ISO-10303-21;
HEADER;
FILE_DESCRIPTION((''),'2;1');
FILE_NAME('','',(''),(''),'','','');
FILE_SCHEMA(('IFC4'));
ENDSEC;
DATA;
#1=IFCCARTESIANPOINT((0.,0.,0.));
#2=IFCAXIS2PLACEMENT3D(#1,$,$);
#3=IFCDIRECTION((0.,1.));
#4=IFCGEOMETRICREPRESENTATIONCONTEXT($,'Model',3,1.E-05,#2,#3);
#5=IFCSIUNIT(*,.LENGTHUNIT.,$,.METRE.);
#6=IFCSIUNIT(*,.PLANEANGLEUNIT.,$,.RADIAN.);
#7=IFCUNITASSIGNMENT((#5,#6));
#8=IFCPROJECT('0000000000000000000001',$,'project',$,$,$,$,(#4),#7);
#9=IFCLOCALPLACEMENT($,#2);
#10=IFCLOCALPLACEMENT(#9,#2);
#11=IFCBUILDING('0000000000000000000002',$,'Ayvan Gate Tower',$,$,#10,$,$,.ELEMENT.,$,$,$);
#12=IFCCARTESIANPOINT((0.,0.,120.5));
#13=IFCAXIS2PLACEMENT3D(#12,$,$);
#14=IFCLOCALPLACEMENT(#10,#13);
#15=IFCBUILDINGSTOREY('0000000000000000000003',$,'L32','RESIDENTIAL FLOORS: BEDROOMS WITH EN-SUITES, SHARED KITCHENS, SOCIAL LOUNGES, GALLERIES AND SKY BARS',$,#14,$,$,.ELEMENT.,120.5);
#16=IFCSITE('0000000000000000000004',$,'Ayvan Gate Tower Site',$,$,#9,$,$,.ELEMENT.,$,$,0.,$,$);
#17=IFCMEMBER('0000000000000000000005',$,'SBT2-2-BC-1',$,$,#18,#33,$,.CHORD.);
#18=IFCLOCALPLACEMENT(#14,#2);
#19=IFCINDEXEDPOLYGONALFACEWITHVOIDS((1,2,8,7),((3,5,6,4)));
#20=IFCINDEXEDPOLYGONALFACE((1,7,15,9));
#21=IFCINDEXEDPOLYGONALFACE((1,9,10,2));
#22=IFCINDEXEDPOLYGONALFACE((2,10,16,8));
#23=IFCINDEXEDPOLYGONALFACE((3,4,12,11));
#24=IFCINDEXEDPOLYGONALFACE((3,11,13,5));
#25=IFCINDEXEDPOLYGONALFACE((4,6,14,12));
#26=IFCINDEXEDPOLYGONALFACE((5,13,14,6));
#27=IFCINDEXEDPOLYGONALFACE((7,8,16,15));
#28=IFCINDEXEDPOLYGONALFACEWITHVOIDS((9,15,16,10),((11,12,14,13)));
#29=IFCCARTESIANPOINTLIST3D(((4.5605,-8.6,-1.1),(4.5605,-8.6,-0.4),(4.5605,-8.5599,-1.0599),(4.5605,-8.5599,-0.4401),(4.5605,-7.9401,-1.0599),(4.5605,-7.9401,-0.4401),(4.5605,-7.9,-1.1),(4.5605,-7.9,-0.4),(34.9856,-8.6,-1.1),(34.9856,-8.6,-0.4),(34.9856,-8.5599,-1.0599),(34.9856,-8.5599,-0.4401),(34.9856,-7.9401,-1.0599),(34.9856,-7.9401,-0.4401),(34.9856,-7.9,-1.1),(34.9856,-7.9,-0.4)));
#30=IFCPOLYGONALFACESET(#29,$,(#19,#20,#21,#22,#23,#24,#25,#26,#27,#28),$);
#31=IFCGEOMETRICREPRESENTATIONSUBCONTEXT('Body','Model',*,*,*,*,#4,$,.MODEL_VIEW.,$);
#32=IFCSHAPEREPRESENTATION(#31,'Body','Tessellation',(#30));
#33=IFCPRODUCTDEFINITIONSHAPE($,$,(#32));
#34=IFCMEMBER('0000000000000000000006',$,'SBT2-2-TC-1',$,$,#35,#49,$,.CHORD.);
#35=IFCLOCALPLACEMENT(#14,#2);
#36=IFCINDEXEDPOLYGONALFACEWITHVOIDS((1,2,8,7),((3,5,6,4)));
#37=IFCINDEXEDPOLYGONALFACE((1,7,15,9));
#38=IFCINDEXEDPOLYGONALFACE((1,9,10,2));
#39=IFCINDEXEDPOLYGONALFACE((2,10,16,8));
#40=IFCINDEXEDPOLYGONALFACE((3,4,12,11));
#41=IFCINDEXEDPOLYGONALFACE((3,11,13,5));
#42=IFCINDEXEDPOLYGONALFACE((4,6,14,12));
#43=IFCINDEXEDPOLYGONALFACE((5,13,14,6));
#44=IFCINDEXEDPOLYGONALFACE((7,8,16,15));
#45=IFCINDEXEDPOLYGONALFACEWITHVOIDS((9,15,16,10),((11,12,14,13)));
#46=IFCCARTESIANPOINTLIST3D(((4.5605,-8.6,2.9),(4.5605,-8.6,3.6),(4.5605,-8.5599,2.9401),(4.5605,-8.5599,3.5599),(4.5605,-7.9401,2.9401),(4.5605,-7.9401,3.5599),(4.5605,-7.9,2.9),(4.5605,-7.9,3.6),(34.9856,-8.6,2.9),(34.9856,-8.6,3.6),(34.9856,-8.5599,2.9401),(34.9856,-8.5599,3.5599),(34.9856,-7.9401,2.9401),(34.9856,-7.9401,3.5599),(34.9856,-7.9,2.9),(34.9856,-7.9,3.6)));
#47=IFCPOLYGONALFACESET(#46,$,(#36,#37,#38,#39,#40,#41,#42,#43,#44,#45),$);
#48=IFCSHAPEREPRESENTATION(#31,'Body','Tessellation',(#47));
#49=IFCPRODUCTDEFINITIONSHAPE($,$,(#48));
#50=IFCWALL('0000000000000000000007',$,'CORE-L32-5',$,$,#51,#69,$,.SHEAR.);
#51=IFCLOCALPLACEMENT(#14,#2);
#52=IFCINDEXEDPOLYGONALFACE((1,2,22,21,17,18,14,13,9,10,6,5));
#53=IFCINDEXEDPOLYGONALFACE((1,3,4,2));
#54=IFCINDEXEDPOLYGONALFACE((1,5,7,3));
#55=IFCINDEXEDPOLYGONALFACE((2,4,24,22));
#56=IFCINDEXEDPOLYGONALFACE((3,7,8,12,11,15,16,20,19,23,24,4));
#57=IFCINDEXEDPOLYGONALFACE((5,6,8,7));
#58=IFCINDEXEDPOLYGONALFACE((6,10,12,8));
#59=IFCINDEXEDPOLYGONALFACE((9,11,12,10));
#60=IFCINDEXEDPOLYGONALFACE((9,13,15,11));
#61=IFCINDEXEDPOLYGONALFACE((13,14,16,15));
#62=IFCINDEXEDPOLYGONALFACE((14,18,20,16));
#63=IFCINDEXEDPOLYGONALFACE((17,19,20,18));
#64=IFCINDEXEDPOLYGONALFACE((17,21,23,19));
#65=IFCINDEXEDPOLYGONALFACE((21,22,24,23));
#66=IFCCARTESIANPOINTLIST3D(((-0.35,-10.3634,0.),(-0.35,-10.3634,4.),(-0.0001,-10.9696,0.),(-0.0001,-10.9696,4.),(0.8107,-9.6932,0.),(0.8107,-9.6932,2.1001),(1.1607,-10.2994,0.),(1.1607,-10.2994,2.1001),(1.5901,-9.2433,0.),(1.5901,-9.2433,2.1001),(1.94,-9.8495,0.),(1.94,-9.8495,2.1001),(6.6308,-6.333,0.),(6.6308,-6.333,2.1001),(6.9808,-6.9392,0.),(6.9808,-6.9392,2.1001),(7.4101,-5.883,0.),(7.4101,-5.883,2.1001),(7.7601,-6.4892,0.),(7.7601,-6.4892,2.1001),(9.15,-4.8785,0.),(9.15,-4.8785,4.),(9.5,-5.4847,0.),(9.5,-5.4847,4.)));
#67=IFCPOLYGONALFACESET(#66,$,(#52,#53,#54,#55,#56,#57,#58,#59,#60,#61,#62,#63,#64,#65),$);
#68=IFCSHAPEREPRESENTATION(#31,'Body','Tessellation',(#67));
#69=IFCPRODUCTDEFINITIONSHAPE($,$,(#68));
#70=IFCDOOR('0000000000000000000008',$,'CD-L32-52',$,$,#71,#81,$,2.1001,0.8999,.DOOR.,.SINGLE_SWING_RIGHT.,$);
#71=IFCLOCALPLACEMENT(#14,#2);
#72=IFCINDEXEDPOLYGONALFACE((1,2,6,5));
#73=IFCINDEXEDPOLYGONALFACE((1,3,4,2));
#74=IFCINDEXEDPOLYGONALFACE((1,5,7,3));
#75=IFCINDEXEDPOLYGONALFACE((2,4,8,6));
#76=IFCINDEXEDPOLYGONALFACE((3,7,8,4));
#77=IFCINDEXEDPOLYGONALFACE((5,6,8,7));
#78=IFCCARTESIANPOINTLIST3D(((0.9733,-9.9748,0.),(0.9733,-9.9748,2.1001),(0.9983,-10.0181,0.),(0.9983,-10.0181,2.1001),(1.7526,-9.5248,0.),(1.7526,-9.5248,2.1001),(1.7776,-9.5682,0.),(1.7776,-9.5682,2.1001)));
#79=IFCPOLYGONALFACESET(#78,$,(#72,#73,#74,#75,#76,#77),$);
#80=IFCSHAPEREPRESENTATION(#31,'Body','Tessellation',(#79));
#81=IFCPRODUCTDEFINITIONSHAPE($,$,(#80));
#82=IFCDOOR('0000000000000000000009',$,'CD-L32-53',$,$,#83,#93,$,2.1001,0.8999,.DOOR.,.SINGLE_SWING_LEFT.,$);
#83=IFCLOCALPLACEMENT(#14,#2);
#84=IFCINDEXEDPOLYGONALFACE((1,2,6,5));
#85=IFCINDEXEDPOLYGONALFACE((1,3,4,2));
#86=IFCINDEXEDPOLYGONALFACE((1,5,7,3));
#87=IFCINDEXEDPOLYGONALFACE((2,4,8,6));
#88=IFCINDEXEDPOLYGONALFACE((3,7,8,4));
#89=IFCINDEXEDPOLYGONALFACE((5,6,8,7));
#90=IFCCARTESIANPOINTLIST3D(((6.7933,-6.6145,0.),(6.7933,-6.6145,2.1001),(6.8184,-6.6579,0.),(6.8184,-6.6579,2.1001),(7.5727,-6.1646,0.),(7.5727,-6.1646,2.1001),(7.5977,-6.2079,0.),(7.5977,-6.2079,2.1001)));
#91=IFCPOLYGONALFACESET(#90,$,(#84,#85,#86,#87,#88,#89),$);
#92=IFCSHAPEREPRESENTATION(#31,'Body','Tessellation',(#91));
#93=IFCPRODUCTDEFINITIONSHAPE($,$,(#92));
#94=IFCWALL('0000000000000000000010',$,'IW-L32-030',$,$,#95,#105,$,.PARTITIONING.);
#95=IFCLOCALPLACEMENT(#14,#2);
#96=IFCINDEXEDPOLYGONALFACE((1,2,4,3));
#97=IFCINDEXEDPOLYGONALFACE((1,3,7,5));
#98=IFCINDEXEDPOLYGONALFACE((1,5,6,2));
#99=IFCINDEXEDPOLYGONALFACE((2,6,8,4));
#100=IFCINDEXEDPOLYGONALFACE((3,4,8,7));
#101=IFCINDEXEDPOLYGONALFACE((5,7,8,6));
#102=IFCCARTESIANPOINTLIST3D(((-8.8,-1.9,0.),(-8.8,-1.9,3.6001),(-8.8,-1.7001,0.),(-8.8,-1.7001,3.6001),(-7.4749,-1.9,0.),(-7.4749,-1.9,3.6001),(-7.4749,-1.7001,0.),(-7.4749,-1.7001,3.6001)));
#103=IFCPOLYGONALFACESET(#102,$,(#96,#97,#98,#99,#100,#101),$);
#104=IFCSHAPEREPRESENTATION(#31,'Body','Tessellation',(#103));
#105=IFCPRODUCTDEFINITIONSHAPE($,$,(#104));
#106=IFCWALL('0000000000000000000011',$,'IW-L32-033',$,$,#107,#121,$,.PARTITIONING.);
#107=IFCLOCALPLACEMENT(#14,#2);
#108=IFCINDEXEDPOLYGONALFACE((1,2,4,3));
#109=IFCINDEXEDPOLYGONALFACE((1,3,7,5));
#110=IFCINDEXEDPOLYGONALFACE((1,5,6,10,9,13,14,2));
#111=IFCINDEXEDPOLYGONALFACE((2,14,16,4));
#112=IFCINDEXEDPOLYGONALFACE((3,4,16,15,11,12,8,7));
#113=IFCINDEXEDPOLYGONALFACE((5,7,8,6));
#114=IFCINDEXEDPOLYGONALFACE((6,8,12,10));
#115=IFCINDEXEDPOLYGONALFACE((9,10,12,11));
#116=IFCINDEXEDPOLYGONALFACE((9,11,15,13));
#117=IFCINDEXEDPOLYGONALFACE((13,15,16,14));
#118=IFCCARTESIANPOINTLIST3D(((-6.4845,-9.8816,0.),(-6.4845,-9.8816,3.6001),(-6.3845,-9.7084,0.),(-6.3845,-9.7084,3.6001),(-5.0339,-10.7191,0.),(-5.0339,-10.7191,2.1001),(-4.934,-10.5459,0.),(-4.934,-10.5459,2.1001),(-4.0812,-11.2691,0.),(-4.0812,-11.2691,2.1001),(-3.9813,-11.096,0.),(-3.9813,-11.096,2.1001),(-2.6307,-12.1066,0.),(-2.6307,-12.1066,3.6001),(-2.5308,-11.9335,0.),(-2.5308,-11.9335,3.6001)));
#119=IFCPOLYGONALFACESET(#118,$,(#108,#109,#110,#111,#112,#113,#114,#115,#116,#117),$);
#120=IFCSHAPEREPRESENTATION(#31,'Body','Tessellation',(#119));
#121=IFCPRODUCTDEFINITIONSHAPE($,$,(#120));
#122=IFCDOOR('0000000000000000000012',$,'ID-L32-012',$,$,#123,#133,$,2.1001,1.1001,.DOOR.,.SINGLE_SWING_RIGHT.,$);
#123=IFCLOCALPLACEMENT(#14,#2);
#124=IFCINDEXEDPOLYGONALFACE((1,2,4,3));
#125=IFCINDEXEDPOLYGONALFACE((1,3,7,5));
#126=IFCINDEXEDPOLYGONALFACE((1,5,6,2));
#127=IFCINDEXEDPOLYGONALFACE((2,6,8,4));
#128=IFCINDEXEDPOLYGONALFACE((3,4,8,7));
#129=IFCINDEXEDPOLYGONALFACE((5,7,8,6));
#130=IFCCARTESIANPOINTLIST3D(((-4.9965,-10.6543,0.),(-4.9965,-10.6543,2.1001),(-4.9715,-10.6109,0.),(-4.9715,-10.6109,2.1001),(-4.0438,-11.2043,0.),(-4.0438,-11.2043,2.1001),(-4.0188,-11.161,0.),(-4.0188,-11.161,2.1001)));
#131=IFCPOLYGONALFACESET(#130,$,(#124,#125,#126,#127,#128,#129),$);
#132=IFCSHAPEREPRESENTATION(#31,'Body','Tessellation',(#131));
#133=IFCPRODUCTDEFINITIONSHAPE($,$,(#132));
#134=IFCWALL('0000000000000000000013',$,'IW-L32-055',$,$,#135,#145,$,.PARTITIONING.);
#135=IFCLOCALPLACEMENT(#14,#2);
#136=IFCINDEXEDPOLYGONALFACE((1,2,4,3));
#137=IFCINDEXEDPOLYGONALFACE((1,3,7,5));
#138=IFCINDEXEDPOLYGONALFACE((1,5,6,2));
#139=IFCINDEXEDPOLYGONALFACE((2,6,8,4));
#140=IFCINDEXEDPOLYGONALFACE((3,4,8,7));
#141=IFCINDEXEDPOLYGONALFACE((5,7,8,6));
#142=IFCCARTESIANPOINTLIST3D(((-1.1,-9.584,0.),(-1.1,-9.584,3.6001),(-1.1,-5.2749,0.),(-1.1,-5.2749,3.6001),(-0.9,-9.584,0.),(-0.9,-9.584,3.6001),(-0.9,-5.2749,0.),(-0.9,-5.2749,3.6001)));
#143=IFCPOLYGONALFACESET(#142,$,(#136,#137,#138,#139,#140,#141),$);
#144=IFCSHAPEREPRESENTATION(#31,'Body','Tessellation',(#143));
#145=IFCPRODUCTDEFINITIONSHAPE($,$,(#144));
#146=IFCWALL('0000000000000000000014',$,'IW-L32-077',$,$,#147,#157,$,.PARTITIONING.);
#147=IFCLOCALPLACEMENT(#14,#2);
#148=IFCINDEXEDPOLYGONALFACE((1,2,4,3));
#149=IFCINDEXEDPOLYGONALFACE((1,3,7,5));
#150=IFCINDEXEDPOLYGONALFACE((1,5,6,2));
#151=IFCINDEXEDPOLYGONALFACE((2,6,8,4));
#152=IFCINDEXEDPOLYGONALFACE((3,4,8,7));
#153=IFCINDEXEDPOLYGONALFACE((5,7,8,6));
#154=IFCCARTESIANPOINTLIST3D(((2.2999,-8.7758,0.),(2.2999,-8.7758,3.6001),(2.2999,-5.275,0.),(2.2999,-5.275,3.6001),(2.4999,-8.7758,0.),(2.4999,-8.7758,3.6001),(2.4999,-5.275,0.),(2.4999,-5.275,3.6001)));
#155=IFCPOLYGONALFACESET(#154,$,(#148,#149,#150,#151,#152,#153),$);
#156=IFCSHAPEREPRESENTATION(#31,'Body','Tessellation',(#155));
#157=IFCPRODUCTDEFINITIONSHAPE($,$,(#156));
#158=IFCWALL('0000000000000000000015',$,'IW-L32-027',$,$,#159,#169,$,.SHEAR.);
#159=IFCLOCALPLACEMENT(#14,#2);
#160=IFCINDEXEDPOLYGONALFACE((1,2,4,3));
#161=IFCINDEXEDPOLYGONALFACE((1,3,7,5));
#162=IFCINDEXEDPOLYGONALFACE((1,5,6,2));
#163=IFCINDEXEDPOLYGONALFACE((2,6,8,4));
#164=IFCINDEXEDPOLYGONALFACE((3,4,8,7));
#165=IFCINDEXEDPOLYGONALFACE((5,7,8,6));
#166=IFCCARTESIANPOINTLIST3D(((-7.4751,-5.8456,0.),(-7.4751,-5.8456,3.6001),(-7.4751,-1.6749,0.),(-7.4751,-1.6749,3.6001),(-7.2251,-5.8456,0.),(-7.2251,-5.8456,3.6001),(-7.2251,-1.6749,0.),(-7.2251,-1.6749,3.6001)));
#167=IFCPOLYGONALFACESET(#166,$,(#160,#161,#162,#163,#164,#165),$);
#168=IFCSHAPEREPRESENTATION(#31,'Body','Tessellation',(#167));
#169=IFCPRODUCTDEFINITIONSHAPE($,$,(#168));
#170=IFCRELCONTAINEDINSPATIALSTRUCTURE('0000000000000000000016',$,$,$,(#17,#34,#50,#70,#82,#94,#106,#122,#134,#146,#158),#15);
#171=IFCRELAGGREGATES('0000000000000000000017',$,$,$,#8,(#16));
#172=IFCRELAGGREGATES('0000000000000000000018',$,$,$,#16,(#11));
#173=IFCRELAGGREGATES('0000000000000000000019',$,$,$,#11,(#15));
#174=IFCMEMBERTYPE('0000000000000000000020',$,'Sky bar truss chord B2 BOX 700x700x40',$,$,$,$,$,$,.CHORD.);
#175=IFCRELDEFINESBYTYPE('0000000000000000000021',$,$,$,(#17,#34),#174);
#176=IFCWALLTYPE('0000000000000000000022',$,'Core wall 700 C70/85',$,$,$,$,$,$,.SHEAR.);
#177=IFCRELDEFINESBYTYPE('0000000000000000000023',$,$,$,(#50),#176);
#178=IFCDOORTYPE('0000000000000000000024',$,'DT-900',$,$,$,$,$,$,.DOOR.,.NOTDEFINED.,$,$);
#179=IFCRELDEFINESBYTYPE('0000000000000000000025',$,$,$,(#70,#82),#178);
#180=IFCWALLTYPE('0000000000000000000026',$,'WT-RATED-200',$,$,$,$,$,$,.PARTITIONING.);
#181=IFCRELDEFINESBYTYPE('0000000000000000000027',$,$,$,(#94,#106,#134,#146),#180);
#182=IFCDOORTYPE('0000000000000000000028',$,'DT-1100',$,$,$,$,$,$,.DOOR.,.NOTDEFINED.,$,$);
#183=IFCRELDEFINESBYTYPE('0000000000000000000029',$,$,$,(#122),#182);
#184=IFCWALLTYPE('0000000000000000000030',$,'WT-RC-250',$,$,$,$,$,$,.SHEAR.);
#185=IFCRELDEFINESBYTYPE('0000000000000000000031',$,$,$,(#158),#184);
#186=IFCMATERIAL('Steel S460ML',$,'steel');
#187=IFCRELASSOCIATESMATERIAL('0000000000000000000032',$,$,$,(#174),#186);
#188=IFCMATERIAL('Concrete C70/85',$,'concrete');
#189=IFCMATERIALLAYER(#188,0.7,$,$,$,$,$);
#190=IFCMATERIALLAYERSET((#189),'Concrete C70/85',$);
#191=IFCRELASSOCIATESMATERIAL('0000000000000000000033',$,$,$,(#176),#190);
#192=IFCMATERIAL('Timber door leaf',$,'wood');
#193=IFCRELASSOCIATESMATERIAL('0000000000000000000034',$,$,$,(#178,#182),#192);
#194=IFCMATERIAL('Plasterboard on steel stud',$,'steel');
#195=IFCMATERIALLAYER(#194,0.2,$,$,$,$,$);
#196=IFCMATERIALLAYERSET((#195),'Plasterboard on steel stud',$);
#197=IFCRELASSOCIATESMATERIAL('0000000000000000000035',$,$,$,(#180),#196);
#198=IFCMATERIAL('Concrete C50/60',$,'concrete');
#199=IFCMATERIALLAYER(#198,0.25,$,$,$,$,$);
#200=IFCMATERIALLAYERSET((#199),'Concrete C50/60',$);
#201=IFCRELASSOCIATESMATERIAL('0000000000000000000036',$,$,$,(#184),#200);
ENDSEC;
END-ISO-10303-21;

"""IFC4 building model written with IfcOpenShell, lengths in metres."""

from ifc_helpers import new_model, si_unit, direction, frame, frame_2d, origin, origin_2d, place, context, subcontext, project, spatial, rectangle, hollow_rectangle, extrude, material, layer, layer_set, material_profile, profile_set, type_object, element, fill, save


model = new_model("IFC4")

# Units and contexts
model_context = context("Model", 3, precision=1e-05, world=origin(), true_north=direction((0.0, 1.0)))
body_context = subcontext(model_context, "Body", "Model", "MODEL_VIEW")
ifc_project = project(units=[si_unit("LENGTHUNIT", "METRE"), si_unit("PLANEANGLEUNIT", "RADIAN")], contexts=[model_context])

# Site, building, storey
site_placement = place(None, origin())
site = spatial("IfcSite", under=ifc_project, at=site_placement, Name="Ayvan Gate Tower Site", CompositionType="ELEMENT", RefElevation=0.0)
building_placement = place(site_placement, origin())
building = spatial("IfcBuilding", under=site, at=building_placement, Name="Ayvan Gate Tower", CompositionType="ELEMENT")
storey_placement = place(building_placement, frame((0.0, 0.0, 120.5)))
storey = spatial("IfcBuildingStorey", under=building, at=storey_placement, Name="L32", Description="RESIDENTIAL FLOORS: BEDROOMS WITH EN-SUITES, SHARED KITCHENS, SOCIAL LOUNGES, GALLERIES AND SKY BARS", CompositionType="ELEMENT", Elevation=120.5)

# Members
ifc_material_1 = material(Name="Steel S460ML", Category="steel")
ifc_material_profile = material_profile(ifc_material_1, hollow_rectangle(XDim=0.7, YDim=0.7, WallThickness=0.04, at=origin_2d()), Name="BOX 700x700x40")
ifc_profile_set = profile_set([ifc_material_profile], Name="Steel S460ML")
member_type = type_object("IfcMemberType", Name="Sky bar truss chord B2 BOX 700x700x40", PredefinedType="CHORD", material=ifc_profile_set)
for number, where, z_axis, x_axis, name in (
    (1, (4.5605, -8.25, -0.75), (1.0, 0.0, 0.0), (0.0, 1.0, 0.0), "SBT2-2-BC-1"),
    (2, (4.5605, -8.25, 3.25), (1.0, 0.0, 0.0), (0.0, 1.0, 0.0), "SBT2-2-TC-1"),
):
    element("IfcMember", number, at=place(storey_placement, frame(where, z_axis=z_axis, x_axis=x_axis)), inside=storey, type_object=member_type, Name=name, PredefinedType="CHORD", context=body_context, shape_type="SweptSolid", body=[
        extrude(hollow_rectangle(XDim=0.7, YDim=0.7, WallThickness=0.04, at=origin_2d()), origin(), (0.0, 0.0, 1.0), 30.425),
    ])

# Wall, openings, doors
ifc_material_2 = material(Name="Concrete C70/85", Category="concrete")
ifc_layer_1 = layer(ifc_material_2, 0.7)
ifc_layer_set_1 = layer_set([ifc_layer_1], Name="Concrete C70/85")
wall_type_1 = type_object("IfcWallType", Name="Core wall 700 C70/85", PredefinedType="SHEAR", material=ifc_layer_set_1)
wall_1_placement = place(storey_placement, frame((-0.175, -10.6665, 0.0), z_axis=(0.0, 0.0, 1.0), x_axis=(0.866024, 0.500002, 0.0)))
wall_1 = element("IfcWall", 3, at=wall_1_placement, inside=storey, type_object=wall_type_1, Name="CORE-L32-5", PredefinedType="SHEAR", context=body_context, shape_type="SweptSolid", body=[
    extrude(rectangle(XDim=10.9697, YDim=0.7, at=frame_2d((5.4849, 0.0))), origin(), (0.0, 0.0, 1.0), 4.0),
])
opening_1_placement = place(wall_1_placement, frame((1.3403, 0.0, 0.0)))
opening_1 = element("IfcOpeningElement", 4, at=opening_1_placement, cuts=wall_1, PredefinedType="OPENING", context=body_context, shape_type="SweptSolid", body=[
    extrude(rectangle(XDim=0.8999, YDim=2.1001, at=frame_2d((0.45, 1.05))), frame((0.0, 0.3599, 0.0), z_axis=(0.0, -1.0, 0.0), x_axis=(1.0, 0.0, 0.0)), (0.0, 0.0, 1.0), 0.72),
])
opening_2_placement = place(wall_1_placement, frame((8.0608, 0.0, 0.0)))
opening_2 = element("IfcOpeningElement", 5, at=opening_2_placement, cuts=wall_1, PredefinedType="OPENING", context=body_context, shape_type="SweptSolid", body=[
    extrude(rectangle(XDim=0.8999, YDim=2.1001, at=frame_2d((0.45, 1.05))), frame((0.0, 0.3599, 0.0), z_axis=(0.0, -1.0, 0.0), x_axis=(1.0, 0.0, 0.0)), (0.0, 0.0, 1.0), 0.72),
])
ifc_material_3 = material(Name="Timber door leaf", Category="wood")
door_type_1 = type_object("IfcDoorType", Name="DT-900", OperationType="NOTDEFINED", PredefinedType="DOOR", material=ifc_material_3)
door_1_placement = place(opening_1_placement, origin())
door_1 = element("IfcDoor", 6, at=door_1_placement, inside=storey, type_object=door_type_1, Name="CD-L32-52", OperationType="SINGLE_SWING_RIGHT", OverallHeight=2.1001, OverallWidth=0.8999, PredefinedType="DOOR", context=body_context, shape_type="SweptSolid", body=[
    extrude(rectangle(XDim=0.8999, YDim=2.1001, at=frame_2d((0.45, 1.05))), frame((0.0, 0.0249, 0.0), z_axis=(0.0, -1.0, 0.0), x_axis=(1.0, 0.0, 0.0)), (0.0, 0.0, 1.0), 0.05),
])
fill(opening_1, door_1)
door_2_placement = place(opening_2_placement, origin())
door_2 = element("IfcDoor", 7, at=door_2_placement, inside=storey, type_object=door_type_1, Name="CD-L32-53", OperationType="SINGLE_SWING_LEFT", OverallHeight=2.1001, OverallWidth=0.8999, PredefinedType="DOOR", context=body_context, shape_type="SweptSolid", body=[
    extrude(rectangle(XDim=0.8999, YDim=2.1001, at=frame_2d((0.45, 1.05))), frame((0.0, 0.0249, 0.0), z_axis=(0.0, -1.0, 0.0), x_axis=(1.0, 0.0, 0.0)), (0.0, 0.0, 1.0), 0.05),
])
fill(opening_2, door_2)

# Wall
ifc_material_4 = material(Name="Plasterboard on steel stud", Category="steel")
ifc_layer_2 = layer(ifc_material_4, 0.2)
ifc_layer_set_2 = layer_set([ifc_layer_2], Name="Plasterboard on steel stud")
wall_type_2 = type_object("IfcWallType", Name="WT-RATED-200", PredefinedType="PARTITIONING", material=ifc_layer_set_2)
wall_2_placement = place(storey_placement, frame((-7.4749, -1.8, 0.0), z_axis=(0.0, 0.0, 1.0), x_axis=(-1.0, 0.0, 0.0)))
element("IfcWall", 8, at=wall_2_placement, inside=storey, type_object=wall_type_2, Name="IW-L32-030", PredefinedType="PARTITIONING", context=body_context, shape_type="SweptSolid", body=[
    extrude(rectangle(XDim=1.3252, YDim=0.2, at=frame_2d((0.6626, 0.0))), origin(), (0.0, 0.0, 1.0), 3.6001),
])

# Wall, opening, door
wall_3_placement = place(storey_placement, frame((-6.4346, -9.7949, 0.0), z_axis=(0.0, 0.0, 1.0), x_axis=(0.866013, -0.500022, 0.0)))
wall_3 = element("IfcWall", 9, at=wall_3_placement, inside=storey, type_object=wall_type_2, Name="IW-L32-033", PredefinedType="PARTITIONING", context=body_context, shape_type="SweptSolid", body=[
    extrude(rectangle(XDim=4.45, YDim=0.2, at=frame_2d((2.2251, 0.0))), origin(), (0.0, 0.0, 1.0), 3.6001),
])
opening_3_placement = place(wall_3_placement, frame((1.675, 0.0, 0.0)))
opening_3 = element("IfcOpeningElement", 10, at=opening_3_placement, cuts=wall_3, PredefinedType="OPENING", context=body_context, shape_type="SweptSolid", body=[
    extrude(rectangle(XDim=1.1001, YDim=2.1001, at=frame_2d((0.55, 1.05))), frame((0.0, 0.1099, 0.0), z_axis=(0.0, -1.0, 0.0), x_axis=(1.0, 0.0, 0.0)), (0.0, 0.0, 1.0), 0.22),
])
door_type_2 = type_object("IfcDoorType", Name="DT-1100", OperationType="NOTDEFINED", PredefinedType="DOOR", material=ifc_material_3)
door_3_placement = place(opening_3_placement, origin())
door_3 = element("IfcDoor", 11, at=door_3_placement, inside=storey, type_object=door_type_2, Name="ID-L32-012", OperationType="SINGLE_SWING_RIGHT", OverallHeight=2.1001, OverallWidth=1.1001, PredefinedType="DOOR", context=body_context, shape_type="SweptSolid", body=[
    extrude(rectangle(XDim=1.1001, YDim=2.1001, at=frame_2d((0.55, 1.05))), frame((0.0, 0.0249, 0.0), z_axis=(0.0, -1.0, 0.0), x_axis=(1.0, 0.0, 0.0)), (0.0, 0.0, 1.0), 0.05),
])
fill(opening_3, door_3)

# Walls
wall_4_placement = place(storey_placement, frame((-1.0, -5.2749, 0.0), z_axis=(0.0, 0.0, 1.0), x_axis=(0.0, -1.0, 0.0)))
element("IfcWall", 12, at=wall_4_placement, inside=storey, type_object=wall_type_2, Name="IW-L32-055", PredefinedType="PARTITIONING", context=body_context, shape_type="SweptSolid", body=[
    extrude(rectangle(XDim=4.3091, YDim=0.2, at=frame_2d((2.1545, 0.0))), origin(), (0.0, 0.0, 1.0), 3.6001),
])
wall_5_placement = place(storey_placement, frame((2.3999, -5.2749, 0.0), z_axis=(0.0, 0.0, 1.0), x_axis=(0.0, -1.0, 0.0)))
element("IfcWall", 13, at=wall_5_placement, inside=storey, type_object=wall_type_2, Name="IW-L32-077", PredefinedType="PARTITIONING", context=body_context, shape_type="SweptSolid", body=[
    extrude(rectangle(XDim=3.5007, YDim=0.2, at=frame_2d((1.7505, 0.0))), origin(), (0.0, 0.0, 1.0), 3.6001),
])
ifc_material_5 = material(Name="Concrete C50/60", Category="concrete")
ifc_layer_3 = layer(ifc_material_5, 0.25)
ifc_layer_set_3 = layer_set([ifc_layer_3], Name="Concrete C50/60")
wall_type_3 = type_object("IfcWallType", Name="WT-RC-250", PredefinedType="SHEAR", material=ifc_layer_set_3)
wall_6_placement = place(storey_placement, frame((-7.3501, -5.8457, 0.0), z_axis=(0.0, 0.0, 1.0), x_axis=(0.0, 1.0, 0.0)))
element("IfcWall", 14, at=wall_6_placement, inside=storey, type_object=wall_type_3, Name="IW-L32-027", PredefinedType="SHEAR", context=body_context, shape_type="SweptSolid", body=[
    extrude(rectangle(XDim=4.1707, YDim=0.25, at=frame_2d((2.0854, 0.0))), origin(), (0.0, 0.0, 1.0), 3.6001),
])

save(model, "model.ifc")
